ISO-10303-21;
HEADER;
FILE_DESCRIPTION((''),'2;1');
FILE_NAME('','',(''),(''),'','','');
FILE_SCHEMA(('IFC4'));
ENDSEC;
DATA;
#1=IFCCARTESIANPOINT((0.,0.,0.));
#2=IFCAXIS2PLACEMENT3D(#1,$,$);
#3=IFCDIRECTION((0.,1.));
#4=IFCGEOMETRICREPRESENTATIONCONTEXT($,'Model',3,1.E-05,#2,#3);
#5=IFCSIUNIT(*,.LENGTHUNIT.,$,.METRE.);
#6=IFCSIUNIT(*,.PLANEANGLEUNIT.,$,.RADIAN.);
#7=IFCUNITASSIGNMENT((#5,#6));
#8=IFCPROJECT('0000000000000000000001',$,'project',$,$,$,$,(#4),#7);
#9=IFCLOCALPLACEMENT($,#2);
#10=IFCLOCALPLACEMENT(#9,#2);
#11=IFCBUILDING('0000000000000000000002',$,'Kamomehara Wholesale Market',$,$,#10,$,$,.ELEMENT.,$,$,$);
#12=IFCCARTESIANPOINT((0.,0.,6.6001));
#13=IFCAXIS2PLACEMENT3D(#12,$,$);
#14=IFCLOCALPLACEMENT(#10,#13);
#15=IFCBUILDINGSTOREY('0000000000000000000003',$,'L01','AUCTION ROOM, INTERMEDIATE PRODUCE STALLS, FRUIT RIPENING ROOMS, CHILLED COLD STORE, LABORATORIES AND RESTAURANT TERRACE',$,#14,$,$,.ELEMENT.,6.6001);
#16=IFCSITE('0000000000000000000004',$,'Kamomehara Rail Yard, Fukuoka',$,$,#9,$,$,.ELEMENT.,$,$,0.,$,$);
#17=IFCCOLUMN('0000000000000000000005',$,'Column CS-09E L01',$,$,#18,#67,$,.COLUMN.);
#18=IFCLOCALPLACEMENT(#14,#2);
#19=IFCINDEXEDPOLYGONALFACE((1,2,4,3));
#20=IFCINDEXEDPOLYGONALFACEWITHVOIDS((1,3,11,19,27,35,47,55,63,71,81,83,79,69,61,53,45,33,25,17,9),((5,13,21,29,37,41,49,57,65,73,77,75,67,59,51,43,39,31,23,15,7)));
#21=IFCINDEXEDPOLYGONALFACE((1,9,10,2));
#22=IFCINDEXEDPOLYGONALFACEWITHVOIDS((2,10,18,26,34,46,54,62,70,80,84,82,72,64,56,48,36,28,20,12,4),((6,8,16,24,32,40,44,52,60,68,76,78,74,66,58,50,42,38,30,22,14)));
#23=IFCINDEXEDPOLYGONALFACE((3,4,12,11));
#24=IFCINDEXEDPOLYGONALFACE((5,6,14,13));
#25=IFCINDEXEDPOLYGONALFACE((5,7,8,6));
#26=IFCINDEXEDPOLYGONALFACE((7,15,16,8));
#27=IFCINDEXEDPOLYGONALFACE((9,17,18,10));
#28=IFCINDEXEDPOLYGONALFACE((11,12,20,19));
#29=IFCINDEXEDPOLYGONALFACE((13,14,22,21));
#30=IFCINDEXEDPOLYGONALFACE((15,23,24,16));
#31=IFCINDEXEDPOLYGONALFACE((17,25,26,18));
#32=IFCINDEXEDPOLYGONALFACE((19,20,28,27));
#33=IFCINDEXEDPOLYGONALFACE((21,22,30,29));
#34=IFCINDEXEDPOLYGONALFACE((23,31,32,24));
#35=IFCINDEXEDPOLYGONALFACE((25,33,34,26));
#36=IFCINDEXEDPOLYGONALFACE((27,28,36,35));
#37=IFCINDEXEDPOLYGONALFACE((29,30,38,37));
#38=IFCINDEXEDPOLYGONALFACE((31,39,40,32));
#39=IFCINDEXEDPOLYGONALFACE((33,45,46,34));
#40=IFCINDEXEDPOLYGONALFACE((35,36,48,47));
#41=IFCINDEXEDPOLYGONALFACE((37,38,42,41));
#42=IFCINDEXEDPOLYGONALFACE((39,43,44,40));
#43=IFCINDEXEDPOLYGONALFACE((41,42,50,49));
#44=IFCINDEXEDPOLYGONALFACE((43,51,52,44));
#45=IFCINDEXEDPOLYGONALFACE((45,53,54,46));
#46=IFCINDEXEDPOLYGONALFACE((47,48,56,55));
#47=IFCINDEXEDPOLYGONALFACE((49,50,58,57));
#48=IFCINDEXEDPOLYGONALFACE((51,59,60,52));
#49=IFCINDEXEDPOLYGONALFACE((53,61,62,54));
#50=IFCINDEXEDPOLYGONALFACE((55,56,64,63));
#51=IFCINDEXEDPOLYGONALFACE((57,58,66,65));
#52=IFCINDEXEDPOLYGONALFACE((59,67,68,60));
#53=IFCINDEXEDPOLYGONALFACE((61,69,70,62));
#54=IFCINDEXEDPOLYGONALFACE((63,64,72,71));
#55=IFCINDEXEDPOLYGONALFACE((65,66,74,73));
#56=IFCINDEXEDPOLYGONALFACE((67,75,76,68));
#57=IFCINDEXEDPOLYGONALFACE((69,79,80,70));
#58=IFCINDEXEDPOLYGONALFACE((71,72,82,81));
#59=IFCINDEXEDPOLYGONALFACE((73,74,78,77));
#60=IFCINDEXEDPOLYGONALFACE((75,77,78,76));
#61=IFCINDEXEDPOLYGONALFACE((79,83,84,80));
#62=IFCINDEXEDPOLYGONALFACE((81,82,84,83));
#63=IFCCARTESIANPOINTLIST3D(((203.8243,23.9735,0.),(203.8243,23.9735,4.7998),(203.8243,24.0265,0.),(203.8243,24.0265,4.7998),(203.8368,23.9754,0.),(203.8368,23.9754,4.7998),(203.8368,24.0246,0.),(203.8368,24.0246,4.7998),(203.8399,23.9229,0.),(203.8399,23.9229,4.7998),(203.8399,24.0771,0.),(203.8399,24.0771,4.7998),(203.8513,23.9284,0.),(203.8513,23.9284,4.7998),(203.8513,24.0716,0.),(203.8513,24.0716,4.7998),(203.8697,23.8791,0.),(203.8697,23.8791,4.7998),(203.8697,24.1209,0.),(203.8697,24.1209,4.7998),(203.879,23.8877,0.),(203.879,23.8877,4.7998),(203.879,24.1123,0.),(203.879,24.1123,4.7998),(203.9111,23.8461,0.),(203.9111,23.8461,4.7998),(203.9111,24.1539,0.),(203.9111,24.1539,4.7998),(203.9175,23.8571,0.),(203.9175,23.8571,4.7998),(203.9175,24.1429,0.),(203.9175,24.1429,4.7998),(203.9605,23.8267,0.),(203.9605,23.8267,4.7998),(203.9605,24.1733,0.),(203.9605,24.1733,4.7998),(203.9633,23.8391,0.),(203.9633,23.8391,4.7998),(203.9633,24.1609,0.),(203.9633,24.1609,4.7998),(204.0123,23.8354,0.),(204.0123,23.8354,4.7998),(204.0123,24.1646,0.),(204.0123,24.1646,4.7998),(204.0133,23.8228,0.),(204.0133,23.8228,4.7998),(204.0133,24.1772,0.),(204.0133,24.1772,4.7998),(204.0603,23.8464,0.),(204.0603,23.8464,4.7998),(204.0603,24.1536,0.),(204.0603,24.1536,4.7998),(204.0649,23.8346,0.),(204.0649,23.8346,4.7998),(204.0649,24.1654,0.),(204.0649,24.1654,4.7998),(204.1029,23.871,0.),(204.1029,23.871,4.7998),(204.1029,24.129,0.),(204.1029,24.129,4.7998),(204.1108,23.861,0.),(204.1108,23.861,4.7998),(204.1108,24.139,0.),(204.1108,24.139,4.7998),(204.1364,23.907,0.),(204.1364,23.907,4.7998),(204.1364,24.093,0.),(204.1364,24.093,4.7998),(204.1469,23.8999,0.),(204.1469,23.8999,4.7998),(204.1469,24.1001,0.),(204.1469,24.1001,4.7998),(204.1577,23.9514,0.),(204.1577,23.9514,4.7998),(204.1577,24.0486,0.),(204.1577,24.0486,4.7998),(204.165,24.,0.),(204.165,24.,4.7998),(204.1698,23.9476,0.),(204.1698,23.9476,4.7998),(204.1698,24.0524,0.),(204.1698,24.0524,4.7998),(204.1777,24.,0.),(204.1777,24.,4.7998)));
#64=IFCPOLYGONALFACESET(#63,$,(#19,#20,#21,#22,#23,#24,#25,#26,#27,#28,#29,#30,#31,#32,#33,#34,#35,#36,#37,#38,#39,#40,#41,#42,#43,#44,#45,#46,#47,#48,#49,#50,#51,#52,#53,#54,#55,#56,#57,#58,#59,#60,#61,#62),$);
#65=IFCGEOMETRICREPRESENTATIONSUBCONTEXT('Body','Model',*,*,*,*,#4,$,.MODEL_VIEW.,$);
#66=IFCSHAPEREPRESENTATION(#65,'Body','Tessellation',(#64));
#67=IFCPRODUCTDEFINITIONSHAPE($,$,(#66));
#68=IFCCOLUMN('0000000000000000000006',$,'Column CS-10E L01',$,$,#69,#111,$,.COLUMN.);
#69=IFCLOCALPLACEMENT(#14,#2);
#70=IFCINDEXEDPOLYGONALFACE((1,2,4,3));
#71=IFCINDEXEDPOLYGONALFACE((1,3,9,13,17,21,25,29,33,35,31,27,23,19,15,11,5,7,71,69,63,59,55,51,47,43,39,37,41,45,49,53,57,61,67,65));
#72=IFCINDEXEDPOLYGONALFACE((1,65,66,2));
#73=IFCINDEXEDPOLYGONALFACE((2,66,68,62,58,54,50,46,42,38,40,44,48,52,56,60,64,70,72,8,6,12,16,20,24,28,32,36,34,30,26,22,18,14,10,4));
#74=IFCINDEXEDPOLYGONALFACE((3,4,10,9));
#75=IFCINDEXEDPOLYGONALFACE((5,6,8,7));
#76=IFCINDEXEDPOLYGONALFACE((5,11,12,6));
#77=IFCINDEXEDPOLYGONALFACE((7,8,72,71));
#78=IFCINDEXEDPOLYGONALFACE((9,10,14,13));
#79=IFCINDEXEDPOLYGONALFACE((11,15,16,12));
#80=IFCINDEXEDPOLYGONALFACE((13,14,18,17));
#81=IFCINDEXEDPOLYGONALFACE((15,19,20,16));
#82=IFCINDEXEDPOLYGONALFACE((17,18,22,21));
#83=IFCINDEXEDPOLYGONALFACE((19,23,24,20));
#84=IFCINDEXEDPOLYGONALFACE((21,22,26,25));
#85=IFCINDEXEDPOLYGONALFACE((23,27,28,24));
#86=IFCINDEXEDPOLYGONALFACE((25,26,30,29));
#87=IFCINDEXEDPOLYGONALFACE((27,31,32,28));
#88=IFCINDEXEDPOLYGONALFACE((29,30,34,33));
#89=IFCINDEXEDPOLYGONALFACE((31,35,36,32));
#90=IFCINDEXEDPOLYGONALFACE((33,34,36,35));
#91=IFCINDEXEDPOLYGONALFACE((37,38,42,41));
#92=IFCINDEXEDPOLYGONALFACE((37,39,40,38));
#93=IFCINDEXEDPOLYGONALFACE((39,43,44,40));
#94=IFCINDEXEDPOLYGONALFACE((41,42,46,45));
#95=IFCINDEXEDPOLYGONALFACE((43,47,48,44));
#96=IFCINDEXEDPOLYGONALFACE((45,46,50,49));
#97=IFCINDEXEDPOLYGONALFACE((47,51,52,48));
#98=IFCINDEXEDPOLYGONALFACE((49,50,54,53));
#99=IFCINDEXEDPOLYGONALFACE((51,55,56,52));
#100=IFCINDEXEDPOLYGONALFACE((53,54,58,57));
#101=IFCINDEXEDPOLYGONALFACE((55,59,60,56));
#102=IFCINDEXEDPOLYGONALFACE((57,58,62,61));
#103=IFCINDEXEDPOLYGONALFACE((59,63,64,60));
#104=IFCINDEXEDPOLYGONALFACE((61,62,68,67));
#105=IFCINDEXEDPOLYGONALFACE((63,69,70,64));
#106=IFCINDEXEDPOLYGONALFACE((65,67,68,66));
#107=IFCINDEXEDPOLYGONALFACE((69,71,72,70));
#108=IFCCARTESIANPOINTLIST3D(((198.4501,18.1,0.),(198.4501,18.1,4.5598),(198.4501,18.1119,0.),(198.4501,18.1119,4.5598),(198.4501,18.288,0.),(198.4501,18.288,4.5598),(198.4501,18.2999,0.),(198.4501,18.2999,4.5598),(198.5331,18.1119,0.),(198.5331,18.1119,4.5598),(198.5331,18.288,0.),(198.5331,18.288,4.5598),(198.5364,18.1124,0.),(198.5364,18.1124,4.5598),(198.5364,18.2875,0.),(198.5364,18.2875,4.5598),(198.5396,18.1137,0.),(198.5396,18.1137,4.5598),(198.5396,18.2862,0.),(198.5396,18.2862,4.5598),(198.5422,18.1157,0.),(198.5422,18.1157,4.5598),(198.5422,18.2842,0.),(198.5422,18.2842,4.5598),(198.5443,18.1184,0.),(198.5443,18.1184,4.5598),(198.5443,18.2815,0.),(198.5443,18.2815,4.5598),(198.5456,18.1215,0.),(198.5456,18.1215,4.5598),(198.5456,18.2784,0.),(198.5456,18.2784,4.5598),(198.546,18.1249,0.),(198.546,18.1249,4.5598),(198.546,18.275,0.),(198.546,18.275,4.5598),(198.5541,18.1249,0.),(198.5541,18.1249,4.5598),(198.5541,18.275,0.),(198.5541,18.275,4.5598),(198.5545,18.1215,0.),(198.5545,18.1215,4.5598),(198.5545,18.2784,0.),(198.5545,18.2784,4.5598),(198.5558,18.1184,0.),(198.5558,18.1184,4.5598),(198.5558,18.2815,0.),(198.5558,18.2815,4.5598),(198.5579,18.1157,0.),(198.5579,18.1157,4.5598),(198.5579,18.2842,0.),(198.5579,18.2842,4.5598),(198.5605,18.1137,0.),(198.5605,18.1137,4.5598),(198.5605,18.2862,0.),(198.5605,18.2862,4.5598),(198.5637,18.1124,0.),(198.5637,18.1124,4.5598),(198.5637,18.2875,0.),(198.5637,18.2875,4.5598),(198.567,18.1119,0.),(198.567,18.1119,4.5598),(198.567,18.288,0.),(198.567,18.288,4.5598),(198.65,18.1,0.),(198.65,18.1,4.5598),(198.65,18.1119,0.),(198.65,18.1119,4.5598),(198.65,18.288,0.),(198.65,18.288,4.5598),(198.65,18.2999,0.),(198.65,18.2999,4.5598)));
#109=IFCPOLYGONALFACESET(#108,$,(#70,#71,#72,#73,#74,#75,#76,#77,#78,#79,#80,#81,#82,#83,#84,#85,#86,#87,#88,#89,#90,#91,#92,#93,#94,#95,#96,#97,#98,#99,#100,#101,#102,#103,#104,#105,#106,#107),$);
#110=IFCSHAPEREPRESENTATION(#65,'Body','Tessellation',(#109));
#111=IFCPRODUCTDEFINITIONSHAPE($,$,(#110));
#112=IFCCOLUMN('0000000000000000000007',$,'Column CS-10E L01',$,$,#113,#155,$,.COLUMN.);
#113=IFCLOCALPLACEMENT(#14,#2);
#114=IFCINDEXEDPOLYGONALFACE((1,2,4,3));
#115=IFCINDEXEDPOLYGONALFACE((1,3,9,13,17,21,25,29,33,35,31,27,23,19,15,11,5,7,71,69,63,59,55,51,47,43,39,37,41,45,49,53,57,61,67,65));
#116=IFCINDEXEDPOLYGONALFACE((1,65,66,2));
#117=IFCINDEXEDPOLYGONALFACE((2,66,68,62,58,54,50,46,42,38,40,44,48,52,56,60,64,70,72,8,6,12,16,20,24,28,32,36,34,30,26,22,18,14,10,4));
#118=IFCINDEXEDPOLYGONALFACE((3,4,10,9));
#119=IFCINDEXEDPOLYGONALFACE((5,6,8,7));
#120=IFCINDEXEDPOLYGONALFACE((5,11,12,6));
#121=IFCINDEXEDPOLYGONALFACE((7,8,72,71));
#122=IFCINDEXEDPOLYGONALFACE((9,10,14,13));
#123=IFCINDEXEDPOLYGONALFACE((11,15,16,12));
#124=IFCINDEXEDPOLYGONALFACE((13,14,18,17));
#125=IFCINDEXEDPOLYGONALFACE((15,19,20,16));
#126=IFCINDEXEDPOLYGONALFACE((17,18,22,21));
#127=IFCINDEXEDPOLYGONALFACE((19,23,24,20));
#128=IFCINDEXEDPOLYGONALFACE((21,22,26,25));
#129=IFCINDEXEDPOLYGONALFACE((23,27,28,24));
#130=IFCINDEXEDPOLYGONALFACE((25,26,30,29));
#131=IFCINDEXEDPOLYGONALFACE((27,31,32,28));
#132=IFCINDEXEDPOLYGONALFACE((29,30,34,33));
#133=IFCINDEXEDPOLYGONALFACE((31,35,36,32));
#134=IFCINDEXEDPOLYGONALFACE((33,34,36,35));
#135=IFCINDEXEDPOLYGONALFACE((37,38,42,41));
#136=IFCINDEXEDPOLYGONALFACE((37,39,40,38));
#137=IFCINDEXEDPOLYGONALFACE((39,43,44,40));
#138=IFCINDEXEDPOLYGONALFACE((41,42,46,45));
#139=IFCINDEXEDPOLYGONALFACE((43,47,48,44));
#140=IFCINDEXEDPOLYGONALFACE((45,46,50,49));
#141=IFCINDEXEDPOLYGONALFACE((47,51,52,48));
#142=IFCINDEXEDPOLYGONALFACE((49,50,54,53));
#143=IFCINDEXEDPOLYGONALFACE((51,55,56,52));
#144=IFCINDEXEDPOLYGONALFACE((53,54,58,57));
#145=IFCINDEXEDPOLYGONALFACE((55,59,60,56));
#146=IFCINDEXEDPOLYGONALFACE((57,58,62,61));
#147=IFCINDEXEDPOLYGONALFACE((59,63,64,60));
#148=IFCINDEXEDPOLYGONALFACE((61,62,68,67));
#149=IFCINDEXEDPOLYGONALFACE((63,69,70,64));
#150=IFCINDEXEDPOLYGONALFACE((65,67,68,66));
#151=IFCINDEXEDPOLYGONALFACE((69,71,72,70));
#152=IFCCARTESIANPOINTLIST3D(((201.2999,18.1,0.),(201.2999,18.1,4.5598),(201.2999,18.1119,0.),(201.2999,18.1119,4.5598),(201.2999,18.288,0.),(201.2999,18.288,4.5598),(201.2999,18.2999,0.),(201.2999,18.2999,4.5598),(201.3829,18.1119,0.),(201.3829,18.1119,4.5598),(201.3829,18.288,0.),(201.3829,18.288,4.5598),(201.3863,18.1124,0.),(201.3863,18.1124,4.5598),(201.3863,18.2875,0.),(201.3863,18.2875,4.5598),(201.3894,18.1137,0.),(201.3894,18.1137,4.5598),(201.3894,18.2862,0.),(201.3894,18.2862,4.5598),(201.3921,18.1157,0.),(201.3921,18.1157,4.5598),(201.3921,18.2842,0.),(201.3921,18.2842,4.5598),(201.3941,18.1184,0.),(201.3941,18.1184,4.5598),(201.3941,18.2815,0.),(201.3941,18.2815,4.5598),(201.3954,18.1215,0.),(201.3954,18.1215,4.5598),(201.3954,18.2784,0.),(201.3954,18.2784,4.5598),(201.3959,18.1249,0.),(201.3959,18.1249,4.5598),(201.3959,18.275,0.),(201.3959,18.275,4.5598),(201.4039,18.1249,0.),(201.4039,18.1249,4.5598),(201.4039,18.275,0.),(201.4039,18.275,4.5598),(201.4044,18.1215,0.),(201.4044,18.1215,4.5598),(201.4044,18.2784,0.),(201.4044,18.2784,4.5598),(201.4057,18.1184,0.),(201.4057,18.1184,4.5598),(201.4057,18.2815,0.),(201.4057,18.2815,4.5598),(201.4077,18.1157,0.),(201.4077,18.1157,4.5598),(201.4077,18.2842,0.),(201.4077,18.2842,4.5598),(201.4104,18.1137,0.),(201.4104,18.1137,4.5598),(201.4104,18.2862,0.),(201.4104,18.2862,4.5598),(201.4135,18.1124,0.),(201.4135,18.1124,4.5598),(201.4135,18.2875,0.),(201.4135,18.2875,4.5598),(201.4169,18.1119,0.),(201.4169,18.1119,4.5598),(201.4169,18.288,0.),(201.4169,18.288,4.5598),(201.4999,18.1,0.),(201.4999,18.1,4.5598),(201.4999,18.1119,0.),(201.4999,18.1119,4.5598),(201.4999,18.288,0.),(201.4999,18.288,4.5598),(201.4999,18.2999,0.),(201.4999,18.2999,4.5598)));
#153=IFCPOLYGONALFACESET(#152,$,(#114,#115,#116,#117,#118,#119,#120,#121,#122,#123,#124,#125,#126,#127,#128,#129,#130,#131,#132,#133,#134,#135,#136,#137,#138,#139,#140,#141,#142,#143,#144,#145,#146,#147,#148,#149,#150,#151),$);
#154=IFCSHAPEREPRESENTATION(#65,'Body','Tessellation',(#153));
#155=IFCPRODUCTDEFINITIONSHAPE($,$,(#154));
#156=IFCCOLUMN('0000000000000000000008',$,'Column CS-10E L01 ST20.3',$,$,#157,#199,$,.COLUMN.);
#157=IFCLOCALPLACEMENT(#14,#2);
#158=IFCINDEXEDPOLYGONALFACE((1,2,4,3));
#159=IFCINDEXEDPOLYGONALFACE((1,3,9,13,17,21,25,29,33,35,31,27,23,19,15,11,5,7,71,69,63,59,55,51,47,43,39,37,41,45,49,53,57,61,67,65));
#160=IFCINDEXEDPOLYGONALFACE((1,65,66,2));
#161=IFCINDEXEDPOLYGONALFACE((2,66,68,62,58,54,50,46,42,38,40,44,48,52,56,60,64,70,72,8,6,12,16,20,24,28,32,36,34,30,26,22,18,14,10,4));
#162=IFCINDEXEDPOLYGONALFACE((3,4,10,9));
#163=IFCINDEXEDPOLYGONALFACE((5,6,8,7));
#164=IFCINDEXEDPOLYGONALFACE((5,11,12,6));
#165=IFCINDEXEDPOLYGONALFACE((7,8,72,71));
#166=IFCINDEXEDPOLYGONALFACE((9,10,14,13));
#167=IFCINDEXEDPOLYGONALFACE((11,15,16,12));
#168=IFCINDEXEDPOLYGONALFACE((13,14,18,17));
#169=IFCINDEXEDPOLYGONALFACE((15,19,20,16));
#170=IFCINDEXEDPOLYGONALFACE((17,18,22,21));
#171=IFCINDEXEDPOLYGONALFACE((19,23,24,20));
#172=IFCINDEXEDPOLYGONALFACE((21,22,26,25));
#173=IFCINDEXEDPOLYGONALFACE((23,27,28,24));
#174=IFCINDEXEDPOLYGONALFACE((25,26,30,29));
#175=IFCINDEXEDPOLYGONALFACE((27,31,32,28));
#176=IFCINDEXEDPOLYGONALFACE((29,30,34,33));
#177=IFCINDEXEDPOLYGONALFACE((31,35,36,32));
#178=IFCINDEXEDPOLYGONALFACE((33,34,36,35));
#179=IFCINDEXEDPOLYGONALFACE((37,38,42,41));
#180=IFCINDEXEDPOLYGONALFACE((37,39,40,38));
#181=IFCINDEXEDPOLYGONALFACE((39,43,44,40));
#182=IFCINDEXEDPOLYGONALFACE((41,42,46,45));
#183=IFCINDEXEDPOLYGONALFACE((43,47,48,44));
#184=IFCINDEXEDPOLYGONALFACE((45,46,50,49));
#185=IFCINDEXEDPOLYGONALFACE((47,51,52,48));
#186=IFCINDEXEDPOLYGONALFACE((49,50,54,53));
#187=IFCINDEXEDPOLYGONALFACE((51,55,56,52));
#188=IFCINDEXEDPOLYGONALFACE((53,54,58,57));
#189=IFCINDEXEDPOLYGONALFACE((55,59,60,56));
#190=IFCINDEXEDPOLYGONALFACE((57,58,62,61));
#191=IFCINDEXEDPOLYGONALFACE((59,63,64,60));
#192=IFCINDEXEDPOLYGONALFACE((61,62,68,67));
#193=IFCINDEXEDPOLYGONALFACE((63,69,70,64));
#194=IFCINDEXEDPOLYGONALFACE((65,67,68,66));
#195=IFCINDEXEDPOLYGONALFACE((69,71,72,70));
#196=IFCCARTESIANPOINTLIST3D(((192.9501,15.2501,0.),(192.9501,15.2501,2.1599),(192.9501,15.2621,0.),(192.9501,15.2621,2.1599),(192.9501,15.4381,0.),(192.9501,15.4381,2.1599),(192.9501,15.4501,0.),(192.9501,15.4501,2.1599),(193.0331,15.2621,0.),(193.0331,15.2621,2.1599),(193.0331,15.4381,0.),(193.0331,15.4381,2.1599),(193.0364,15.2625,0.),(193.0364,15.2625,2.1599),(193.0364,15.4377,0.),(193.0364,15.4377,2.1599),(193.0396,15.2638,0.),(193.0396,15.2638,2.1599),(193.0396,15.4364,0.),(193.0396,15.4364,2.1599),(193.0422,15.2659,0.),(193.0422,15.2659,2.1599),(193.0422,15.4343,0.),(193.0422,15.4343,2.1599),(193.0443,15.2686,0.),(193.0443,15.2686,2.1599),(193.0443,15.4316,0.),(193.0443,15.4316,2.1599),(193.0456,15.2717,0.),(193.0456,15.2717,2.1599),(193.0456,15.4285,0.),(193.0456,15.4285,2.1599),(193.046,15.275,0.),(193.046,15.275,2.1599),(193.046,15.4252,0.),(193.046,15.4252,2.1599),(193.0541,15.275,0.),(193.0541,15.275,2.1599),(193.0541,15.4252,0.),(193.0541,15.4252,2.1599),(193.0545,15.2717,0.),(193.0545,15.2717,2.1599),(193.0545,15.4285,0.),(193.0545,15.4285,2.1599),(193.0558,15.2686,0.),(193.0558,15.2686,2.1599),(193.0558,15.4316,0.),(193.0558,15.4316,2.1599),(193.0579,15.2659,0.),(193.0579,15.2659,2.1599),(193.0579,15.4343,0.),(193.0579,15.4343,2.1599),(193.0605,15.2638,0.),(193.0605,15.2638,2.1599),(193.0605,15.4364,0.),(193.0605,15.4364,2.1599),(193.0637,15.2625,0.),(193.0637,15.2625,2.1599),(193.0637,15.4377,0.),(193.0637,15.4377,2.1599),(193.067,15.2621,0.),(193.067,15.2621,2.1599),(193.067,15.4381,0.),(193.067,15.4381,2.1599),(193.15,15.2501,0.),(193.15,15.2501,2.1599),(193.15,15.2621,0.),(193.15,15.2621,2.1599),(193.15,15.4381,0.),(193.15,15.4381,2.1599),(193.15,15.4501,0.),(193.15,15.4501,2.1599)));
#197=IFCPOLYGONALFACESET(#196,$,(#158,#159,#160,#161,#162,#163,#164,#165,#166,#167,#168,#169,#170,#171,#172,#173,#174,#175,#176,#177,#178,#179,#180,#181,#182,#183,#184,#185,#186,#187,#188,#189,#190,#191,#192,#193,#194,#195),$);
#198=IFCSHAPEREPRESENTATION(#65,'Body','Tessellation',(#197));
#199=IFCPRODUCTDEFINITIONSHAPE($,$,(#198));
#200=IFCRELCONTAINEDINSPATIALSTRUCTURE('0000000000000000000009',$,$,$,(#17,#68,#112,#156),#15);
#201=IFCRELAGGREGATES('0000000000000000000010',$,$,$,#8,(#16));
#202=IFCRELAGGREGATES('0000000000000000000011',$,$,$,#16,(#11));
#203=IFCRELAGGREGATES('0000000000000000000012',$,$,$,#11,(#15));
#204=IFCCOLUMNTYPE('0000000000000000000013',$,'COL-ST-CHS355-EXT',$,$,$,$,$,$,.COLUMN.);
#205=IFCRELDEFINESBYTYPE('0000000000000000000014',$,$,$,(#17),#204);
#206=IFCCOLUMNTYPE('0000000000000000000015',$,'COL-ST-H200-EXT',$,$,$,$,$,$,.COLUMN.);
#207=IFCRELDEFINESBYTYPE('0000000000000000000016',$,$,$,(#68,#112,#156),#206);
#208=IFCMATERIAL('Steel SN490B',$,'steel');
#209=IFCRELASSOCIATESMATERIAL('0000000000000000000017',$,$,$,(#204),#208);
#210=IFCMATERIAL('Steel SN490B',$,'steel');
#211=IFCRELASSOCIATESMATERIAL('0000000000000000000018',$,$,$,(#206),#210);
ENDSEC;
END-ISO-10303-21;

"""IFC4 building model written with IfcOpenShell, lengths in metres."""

from ifc_helpers import new_model, si_unit, direction, frame, origin, origin_2d, place, context, subcontext, project, spatial, hollow_circle, i_section, extrude, material, material_profile, profile_set, type_object, element, save


model = new_model("IFC4")

# Units and contexts
model_context = context("Model", 3, precision=1e-05, world=origin(), true_north=direction((0.0, 1.0)))
body_context = subcontext(model_context, "Body", "Model", "MODEL_VIEW")
ifc_project = project(units=[si_unit("LENGTHUNIT", "METRE"), si_unit("PLANEANGLEUNIT", "RADIAN")], contexts=[model_context])

# Site, building, storey
site_placement = place(None, origin())
site = spatial("IfcSite", under=ifc_project, at=site_placement, Name="Kamomehara Rail Yard, Fukuoka", CompositionType="ELEMENT", RefElevation=0.0)
building_placement = place(site_placement, origin())
building = spatial("IfcBuilding", under=site, at=building_placement, Name="Kamomehara Wholesale Market", CompositionType="ELEMENT")
storey_placement = place(building_placement, frame((0.0, 0.0, 6.6001)))
storey = spatial("IfcBuildingStorey", under=building, at=storey_placement, Name="L01", Description="AUCTION ROOM, INTERMEDIATE PRODUCE STALLS, FRUIT RIPENING ROOMS, CHILLED COLD STORE, LABORATORIES AND RESTAURANT TERRACE", CompositionType="ELEMENT", Elevation=6.6001)

# Columns
ifc_material_1 = material(Name="Steel SN490B", Category="steel")
ifc_material_profile_1 = material_profile(ifc_material_1, hollow_circle(Radius=0.1777, WallThickness=0.0127, at=origin_2d()), Name="CHS-355.6x12.7")
ifc_profile_set_1 = profile_set([ifc_material_profile_1], Name="Steel SN490B")
column_type_1 = type_object("IfcColumnType", Name="COL-ST-CHS355-EXT", PredefinedType="COLUMN", material=ifc_profile_set_1)
column_1_placement = place(storey_placement, frame((204.0, 24.0, 0.0), z_axis=(0.0, 0.0, 1.0), x_axis=(1.0, 0.0, 0.0)))
element("IfcColumn", 1, at=column_1_placement, inside=storey, type_object=column_type_1, Name="Column CS-09E L01", PredefinedType="COLUMN", context=body_context, shape_type="SweptSolid", body=[
    extrude(hollow_circle(Radius=0.1777, WallThickness=0.0127, at=origin_2d()), origin(), (0.0, 0.0, 1.0), 4.7998),
])
ifc_material_2 = material(Name="Steel SN490B", Category="steel")
ifc_material_profile_2 = material_profile(ifc_material_2, i_section(OverallWidth=0.2, OverallDepth=0.2, WebThickness=0.0081, FlangeThickness=0.012, FilletRadius=0.0129, at=origin_2d()), Name="H-200x200x8x12")
ifc_profile_set_2 = profile_set([ifc_material_profile_2], Name="Steel SN490B")
column_type_2 = type_object("IfcColumnType", Name="COL-ST-H200-EXT", PredefinedType="COLUMN", material=ifc_profile_set_2)
for number, where, z_axis, x_axis, name in (
    (2, (198.55, 18.2, 0.0), (0.0, 0.0, 1.0), (1.0, 0.0, 0.0), "Column CS-10E L01"),
    (3, (201.3999, 18.2, 0.0), (0.0, 0.0, 1.0), (1.0, 0.0, 0.0), "Column CS-10E L01"),
):
    element("IfcColumn", number, at=place(storey_placement, frame(where, z_axis=z_axis, x_axis=x_axis)), inside=storey, type_object=column_type_2, Name=name, PredefinedType="COLUMN", context=body_context, shape_type="SweptSolid", body=[
        extrude(i_section(OverallWidth=0.2, OverallDepth=0.2, WebThickness=0.0081, FlangeThickness=0.012, FilletRadius=0.0129, at=origin_2d()), origin(), (0.0, 0.0, 1.0), 4.5598),
    ])
column_2_placement = place(storey_placement, frame((193.05, 15.3501, 0.0), z_axis=(0.0, 0.0, 1.0), x_axis=(1.0, 0.0, 0.0)))
element("IfcColumn", 4, at=column_2_placement, inside=storey, type_object=column_type_2, Name="Column CS-10E L01 ST20.3", PredefinedType="COLUMN", context=body_context, shape_type="SweptSolid", body=[
    extrude(i_section(OverallWidth=0.2, OverallDepth=0.2, WebThickness=0.0081, FlangeThickness=0.012, FilletRadius=0.0129, at=origin_2d()), origin(), (0.0, 0.0, 1.0), 2.1599),
])

save(model, "model.ifc")
